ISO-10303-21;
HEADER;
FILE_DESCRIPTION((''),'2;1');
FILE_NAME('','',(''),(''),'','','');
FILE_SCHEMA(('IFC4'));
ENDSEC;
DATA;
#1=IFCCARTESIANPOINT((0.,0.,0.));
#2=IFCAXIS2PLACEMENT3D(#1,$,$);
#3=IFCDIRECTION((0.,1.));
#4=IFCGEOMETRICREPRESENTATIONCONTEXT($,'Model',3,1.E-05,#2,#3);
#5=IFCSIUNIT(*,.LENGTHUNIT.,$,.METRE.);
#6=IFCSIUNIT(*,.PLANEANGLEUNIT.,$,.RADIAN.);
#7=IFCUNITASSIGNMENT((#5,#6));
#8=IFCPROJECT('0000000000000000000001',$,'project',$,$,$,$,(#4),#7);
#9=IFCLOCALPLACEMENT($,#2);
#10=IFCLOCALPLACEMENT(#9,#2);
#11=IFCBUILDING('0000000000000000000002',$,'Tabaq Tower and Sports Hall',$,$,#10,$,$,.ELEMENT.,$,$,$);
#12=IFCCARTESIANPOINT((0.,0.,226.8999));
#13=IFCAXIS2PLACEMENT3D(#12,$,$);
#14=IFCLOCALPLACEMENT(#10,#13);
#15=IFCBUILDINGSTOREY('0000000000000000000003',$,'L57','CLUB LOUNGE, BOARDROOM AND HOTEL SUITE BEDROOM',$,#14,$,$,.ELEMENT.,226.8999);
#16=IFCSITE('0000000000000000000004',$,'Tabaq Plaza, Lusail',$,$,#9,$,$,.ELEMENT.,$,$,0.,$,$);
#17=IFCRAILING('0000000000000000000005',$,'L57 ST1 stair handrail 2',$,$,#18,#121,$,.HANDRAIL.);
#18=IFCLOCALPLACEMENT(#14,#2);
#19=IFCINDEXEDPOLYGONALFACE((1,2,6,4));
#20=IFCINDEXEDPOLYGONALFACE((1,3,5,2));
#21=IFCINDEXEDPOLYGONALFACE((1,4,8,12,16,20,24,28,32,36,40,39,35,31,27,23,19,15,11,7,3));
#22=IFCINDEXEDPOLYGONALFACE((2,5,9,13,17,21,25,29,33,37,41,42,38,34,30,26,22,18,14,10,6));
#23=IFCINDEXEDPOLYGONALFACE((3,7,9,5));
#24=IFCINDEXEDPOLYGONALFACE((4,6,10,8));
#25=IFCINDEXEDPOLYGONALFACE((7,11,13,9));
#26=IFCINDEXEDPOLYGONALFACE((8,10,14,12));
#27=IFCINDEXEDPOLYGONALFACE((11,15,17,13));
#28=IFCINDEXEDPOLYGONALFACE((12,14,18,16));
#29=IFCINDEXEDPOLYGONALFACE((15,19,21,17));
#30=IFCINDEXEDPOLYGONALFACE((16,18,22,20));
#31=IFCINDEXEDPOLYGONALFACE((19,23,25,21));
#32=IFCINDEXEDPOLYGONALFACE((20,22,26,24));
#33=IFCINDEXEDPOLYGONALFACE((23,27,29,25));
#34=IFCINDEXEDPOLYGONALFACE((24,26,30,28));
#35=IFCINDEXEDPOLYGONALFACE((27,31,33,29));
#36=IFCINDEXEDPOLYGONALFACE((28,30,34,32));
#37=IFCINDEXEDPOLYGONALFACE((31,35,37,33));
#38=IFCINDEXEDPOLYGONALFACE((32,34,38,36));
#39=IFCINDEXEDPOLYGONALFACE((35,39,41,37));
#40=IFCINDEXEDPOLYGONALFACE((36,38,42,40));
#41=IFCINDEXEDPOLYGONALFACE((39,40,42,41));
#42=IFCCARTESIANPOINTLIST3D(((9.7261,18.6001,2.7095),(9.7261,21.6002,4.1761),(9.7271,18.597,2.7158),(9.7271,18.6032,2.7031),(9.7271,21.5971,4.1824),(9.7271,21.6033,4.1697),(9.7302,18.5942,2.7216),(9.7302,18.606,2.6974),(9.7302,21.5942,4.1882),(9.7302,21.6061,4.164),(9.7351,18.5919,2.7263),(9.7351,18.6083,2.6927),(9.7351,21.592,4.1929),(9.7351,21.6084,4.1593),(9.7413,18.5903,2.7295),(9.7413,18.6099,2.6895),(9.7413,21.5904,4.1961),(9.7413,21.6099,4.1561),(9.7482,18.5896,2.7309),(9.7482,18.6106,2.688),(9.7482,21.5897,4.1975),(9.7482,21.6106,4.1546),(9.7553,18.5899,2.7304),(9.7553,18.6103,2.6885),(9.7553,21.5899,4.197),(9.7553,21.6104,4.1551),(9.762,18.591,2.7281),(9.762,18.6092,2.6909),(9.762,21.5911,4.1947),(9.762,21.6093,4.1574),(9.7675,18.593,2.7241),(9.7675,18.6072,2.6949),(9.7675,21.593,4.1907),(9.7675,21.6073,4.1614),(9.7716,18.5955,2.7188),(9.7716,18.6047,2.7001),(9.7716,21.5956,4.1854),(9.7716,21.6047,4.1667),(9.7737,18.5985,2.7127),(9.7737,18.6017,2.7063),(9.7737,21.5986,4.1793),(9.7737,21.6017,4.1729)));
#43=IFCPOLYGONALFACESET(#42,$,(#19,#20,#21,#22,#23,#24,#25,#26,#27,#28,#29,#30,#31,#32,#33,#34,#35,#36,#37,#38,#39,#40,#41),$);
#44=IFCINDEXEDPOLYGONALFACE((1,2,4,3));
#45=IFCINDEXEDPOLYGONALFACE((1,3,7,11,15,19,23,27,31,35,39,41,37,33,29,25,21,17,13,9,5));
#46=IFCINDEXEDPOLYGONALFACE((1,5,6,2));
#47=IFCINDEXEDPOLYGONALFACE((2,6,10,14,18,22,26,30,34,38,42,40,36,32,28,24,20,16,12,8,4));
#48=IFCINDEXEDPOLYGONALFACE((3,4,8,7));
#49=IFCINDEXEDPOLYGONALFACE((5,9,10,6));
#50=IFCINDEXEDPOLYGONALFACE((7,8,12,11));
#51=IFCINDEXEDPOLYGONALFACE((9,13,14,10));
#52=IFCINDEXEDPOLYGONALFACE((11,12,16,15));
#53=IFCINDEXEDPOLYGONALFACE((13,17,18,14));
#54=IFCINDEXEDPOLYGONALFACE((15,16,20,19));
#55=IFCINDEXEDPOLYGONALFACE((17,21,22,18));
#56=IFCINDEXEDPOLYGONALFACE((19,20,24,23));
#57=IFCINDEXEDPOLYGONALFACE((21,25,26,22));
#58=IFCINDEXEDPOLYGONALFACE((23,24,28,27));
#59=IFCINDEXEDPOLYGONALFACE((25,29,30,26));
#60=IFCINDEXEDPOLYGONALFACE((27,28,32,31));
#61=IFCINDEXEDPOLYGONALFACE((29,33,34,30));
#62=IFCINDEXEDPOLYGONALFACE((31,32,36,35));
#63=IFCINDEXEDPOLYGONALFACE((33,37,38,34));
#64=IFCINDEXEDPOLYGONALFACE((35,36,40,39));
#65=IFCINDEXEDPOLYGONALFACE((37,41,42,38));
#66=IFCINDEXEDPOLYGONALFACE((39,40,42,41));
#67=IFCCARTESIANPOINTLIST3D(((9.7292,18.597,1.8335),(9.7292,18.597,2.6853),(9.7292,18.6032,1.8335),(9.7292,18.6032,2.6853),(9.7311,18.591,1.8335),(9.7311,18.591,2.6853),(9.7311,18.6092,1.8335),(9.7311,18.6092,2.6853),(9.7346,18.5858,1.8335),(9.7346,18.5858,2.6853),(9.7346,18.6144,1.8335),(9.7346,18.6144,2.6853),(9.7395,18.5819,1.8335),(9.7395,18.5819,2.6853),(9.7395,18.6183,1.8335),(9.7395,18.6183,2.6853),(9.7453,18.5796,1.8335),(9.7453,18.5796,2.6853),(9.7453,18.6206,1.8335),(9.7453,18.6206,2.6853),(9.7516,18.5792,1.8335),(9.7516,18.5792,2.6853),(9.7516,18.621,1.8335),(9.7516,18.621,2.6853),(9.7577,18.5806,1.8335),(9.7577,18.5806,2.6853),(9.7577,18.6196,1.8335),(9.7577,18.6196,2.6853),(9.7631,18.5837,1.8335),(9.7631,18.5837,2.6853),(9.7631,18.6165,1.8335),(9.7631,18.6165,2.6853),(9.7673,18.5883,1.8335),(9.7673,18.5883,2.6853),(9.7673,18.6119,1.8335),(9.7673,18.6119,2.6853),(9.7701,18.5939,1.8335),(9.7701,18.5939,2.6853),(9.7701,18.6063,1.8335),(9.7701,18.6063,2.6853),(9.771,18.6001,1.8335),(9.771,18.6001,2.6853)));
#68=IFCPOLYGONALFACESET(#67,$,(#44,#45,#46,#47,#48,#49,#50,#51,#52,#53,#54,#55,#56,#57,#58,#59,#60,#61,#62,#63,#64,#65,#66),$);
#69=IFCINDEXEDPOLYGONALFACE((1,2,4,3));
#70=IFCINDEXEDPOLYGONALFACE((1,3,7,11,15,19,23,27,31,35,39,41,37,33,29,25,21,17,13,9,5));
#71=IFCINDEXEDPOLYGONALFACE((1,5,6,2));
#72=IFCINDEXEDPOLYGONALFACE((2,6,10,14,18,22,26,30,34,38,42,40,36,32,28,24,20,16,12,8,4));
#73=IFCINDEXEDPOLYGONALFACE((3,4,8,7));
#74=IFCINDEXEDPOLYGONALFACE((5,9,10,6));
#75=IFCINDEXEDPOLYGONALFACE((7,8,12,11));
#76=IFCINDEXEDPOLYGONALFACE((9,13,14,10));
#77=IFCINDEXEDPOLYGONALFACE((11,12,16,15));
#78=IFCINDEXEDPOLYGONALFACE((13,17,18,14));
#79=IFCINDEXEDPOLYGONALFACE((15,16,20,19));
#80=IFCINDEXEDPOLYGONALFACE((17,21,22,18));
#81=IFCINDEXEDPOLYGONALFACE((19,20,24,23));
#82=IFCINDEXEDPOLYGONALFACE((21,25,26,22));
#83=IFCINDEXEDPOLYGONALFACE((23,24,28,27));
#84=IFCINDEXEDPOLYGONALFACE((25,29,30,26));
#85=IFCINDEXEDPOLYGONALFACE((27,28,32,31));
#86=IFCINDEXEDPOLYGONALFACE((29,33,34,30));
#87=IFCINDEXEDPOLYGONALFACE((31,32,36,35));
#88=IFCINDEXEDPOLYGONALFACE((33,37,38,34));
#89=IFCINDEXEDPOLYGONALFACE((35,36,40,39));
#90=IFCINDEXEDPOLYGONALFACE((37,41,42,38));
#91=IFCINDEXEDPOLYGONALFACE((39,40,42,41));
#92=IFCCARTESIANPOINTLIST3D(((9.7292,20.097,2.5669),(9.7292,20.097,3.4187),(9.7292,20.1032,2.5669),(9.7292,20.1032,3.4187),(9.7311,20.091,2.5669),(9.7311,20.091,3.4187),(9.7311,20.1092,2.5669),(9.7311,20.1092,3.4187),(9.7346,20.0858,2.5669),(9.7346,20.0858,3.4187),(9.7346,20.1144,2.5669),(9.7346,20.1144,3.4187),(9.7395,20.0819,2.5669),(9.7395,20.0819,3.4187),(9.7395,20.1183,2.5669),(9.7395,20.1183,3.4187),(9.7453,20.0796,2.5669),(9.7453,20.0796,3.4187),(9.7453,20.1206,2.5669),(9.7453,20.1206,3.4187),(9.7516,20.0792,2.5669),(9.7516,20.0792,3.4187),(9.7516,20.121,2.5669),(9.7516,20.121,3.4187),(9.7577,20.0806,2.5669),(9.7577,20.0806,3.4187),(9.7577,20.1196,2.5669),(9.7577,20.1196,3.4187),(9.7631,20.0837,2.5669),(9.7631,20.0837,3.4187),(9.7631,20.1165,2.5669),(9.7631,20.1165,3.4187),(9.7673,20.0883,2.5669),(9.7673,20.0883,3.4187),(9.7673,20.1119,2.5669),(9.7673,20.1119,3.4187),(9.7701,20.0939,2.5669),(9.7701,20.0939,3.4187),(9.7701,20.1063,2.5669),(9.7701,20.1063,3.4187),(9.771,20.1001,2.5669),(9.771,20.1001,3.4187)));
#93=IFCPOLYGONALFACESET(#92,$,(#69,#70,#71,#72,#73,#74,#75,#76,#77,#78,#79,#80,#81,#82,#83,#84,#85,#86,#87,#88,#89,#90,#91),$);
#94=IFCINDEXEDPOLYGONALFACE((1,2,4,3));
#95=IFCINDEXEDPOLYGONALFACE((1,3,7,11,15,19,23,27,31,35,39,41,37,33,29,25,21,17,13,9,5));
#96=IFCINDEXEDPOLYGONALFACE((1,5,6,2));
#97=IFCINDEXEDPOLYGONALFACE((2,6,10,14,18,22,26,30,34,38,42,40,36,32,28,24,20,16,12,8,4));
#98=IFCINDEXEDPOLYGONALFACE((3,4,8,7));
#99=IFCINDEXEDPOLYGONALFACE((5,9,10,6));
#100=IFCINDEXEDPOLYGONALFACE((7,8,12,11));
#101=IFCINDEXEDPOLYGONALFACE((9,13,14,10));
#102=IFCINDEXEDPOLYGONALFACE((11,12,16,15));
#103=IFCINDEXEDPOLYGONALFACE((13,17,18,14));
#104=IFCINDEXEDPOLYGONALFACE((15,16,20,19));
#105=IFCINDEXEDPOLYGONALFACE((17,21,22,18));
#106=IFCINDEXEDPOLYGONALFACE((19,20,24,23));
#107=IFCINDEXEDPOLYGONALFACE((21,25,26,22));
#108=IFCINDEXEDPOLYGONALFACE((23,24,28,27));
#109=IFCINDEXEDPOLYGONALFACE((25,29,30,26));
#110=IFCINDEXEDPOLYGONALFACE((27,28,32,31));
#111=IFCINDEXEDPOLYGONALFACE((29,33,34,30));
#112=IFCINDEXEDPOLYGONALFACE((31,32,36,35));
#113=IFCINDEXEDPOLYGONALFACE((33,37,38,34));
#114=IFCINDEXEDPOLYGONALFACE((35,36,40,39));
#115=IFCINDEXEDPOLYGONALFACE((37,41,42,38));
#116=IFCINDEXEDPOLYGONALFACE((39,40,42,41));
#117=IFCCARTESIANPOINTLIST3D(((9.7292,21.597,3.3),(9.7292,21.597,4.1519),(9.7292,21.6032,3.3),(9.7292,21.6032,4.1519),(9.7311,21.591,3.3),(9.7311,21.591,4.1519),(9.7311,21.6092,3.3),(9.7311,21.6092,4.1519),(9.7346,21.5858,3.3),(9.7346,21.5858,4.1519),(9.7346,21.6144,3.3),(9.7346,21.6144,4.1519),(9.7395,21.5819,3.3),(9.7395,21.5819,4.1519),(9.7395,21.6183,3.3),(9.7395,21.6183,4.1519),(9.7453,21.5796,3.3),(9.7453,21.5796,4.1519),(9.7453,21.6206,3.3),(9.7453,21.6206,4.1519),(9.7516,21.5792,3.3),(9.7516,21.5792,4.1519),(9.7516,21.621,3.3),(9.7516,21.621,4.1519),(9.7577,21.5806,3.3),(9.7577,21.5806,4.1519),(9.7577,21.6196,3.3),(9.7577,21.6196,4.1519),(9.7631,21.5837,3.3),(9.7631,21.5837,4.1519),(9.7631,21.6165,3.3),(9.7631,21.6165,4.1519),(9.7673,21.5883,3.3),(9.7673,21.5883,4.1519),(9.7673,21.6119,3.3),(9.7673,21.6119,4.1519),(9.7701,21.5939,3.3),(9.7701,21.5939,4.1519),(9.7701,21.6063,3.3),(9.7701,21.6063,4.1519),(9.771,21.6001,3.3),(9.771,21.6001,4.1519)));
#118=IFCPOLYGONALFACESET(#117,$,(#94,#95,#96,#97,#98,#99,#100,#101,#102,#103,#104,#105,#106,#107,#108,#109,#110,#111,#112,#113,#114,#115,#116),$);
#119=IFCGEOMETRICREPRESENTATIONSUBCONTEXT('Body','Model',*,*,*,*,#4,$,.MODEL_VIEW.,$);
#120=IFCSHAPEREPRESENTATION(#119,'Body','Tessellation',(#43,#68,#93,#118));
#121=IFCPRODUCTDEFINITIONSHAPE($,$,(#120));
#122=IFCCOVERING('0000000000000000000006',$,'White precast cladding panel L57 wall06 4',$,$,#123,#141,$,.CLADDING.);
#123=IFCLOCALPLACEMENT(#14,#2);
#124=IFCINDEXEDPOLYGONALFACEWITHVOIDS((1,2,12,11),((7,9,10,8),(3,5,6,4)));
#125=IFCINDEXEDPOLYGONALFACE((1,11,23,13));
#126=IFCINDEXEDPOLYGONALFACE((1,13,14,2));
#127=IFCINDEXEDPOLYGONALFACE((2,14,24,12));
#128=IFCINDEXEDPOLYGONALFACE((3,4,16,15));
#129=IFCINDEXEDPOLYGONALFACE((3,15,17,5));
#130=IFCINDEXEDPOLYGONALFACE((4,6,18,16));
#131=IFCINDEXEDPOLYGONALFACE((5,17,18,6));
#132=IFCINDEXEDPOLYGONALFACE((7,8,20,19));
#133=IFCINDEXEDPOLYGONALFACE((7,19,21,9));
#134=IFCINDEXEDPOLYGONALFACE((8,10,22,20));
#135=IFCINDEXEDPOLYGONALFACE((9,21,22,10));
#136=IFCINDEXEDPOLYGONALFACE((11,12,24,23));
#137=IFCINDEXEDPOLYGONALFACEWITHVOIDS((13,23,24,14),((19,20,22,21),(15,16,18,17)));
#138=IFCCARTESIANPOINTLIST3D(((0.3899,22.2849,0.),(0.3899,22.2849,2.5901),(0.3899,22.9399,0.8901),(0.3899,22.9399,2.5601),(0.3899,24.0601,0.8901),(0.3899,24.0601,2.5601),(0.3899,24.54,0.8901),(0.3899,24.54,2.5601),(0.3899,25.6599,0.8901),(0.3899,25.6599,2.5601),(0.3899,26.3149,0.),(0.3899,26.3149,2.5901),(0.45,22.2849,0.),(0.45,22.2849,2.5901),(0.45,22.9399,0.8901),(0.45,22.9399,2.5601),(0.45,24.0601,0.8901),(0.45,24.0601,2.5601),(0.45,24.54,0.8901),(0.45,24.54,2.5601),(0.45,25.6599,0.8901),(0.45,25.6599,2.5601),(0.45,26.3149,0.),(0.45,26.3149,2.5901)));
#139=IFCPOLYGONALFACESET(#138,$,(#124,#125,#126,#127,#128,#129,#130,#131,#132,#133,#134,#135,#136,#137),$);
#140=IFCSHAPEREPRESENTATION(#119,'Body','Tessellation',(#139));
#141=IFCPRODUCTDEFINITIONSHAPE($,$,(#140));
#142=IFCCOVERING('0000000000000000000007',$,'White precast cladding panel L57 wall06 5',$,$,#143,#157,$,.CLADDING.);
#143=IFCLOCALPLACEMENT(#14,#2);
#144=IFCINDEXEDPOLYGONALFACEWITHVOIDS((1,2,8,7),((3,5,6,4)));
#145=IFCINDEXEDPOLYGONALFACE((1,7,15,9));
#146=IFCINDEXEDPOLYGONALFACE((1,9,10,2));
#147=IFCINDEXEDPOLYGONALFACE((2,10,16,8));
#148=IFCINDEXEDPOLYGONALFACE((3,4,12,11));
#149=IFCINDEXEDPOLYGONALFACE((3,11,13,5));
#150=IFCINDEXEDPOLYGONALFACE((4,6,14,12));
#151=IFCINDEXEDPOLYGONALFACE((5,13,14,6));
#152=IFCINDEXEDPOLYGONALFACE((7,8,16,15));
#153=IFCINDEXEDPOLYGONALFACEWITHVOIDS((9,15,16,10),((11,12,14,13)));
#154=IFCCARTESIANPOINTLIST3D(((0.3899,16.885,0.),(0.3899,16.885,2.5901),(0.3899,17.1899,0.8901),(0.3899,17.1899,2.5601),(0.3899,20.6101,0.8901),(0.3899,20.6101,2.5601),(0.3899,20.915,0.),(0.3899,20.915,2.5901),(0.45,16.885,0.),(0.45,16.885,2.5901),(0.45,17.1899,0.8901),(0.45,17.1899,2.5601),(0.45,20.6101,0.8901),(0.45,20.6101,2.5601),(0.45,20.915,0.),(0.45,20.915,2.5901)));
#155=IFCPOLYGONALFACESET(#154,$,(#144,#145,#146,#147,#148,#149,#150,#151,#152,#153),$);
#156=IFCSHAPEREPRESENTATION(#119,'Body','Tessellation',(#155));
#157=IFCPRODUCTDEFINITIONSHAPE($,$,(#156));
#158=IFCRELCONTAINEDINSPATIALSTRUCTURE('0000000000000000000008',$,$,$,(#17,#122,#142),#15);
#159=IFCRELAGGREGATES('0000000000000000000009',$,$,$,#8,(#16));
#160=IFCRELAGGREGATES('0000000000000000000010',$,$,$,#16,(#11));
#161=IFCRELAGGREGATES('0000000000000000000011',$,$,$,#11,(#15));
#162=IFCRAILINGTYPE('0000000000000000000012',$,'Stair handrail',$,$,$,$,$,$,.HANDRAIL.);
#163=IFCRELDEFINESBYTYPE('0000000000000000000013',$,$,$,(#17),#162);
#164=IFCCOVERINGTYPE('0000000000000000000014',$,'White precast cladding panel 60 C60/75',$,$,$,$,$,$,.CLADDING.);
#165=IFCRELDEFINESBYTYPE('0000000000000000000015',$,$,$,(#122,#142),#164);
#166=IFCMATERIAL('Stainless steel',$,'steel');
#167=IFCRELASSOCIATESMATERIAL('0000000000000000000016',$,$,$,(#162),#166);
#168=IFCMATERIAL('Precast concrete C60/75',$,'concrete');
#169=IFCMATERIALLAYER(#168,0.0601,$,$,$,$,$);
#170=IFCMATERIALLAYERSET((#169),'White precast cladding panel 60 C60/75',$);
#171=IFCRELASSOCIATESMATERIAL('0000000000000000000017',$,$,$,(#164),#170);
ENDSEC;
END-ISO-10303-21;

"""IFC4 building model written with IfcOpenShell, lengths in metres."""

from ifc_helpers import new_model, si_unit, direction, frame, origin, origin_2d, place, context, subcontext, project, spatial, polyline, circle, outline, extrude, material, layer, layer_set, type_object, element, save


model = new_model("IFC4")

# Units and contexts
model_context = context("Model", 3, precision=1e-05, world=origin(), true_north=direction((0.0, 1.0)))
body_context = subcontext(model_context, "Body", "Model", "MODEL_VIEW")
ifc_project = project(units=[si_unit("LENGTHUNIT", "METRE"), si_unit("PLANEANGLEUNIT", "RADIAN")], contexts=[model_context])

# Site, building, storey
site_placement = place(None, origin())
site = spatial("IfcSite", under=ifc_project, at=site_placement, Name="Tabaq Plaza, Lusail", CompositionType="ELEMENT", RefElevation=0.0)
building_placement = place(site_placement, origin())
building = spatial("IfcBuilding", under=site, at=building_placement, Name="Tabaq Tower and Sports Hall", CompositionType="ELEMENT")
storey_placement = place(building_placement, frame((0.0, 0.0, 226.8999)))
storey = spatial("IfcBuildingStorey", under=building, at=storey_placement, Name="L57", Description="CLUB LOUNGE, BOARDROOM AND HOTEL SUITE BEDROOM", CompositionType="ELEMENT", Elevation=226.8999)

# Railing
ifc_material_1 = material(Name="Stainless steel", Category="steel")
railing_type_1 = type_object("IfcRailingType", Name="Stair handrail", PredefinedType="HANDRAIL", material=ifc_material_1)
railing_1_placement = place(storey_placement, frame((9.75, 18.6001, 1.8335)))
element("IfcRailing", 1, at=railing_1_placement, inside=storey, type_object=railing_type_1, Name="L57 ST1 stair handrail 2", PredefinedType="HANDRAIL", context=body_context, shape_type="SweptSolid", body=[
    extrude(circle(Radius=0.0239, at=origin_2d()), frame((0.0, 0.0, 0.876), z_axis=(0.0, 0.898398, 0.439183), x_axis=(-1.0, 0.0, 0.0)), (0.0, 0.0, 1.0), 3.3394),
    extrude(circle(Radius=0.021, at=origin_2d()), origin(), (0.0, 0.0, 1.0), 0.8518),
    extrude(circle(Radius=0.021, at=origin_2d()), frame((0.0, 1.5, 0.7334)), (0.0, 0.0, 1.0), 0.8518),
    extrude(circle(Radius=0.021, at=origin_2d()), frame((0.0, 3.0, 1.4666)), (0.0, 0.0, 1.0), 0.8518),
])

# Coverings
ifc_material_2 = material(Name="Precast concrete C60/75", Category="concrete")
ifc_layer_1 = layer(ifc_material_2, 0.0601)
ifc_layer_set_1 = layer_set([ifc_layer_1], Name="White precast cladding panel 60 C60/75")
covering_type_1 = type_object("IfcCoveringType", Name="White precast cladding panel 60 C60/75", PredefinedType="CLADDING", material=ifc_layer_set_1)
covering_1_placement = place(storey_placement, frame((0.4199, 26.3149, 0.0), z_axis=(0.0, 0.0, 1.0), x_axis=(0.0, -1.0, 0.0)))
element("IfcCovering", 2, at=covering_1_placement, inside=storey, type_object=covering_type_1, Name="White precast cladding panel L57 wall06 4", PredefinedType="CLADDING", context=body_context, shape_type="SweptSolid", body=[
    extrude(outline(polyline([(0.0, 0.0), (4.03, 0.0), (4.03, 2.5901), (0.0, 2.5901), (0.0, 0.0)]), holes=[polyline([(0.655, 0.8901), (0.655, 2.5601), (1.7749, 2.5601), (1.7749, 0.8901), (0.655, 0.8901)]), polyline([(2.2549, 0.8901), (2.2549, 2.5601), (3.375, 2.5601), (3.375, 0.8901), (2.2549, 0.8901)])]), frame((0.0, 0.03, 0.0), z_axis=(0.0, -1.0, 0.0), x_axis=(1.0, 0.0, 0.0)), (0.0, 0.0, 1.0), 0.0601),
])
covering_2_placement = place(storey_placement, frame((0.4199, 20.915, 0.0), z_axis=(0.0, 0.0, 1.0), x_axis=(0.0, -1.0, 0.0)))
element("IfcCovering", 3, at=covering_2_placement, inside=storey, type_object=covering_type_1, Name="White precast cladding panel L57 wall06 5", PredefinedType="CLADDING", context=body_context, shape_type="SweptSolid", body=[
    extrude(outline(polyline([(0.0, 0.0), (4.03, 0.0), (4.03, 2.5901), (0.0, 2.5901), (0.0, 0.0)]), holes=[polyline([(3.7251, 0.8901), (0.3049, 0.8901), (0.3049, 2.5601), (3.7251, 2.5601), (3.7251, 0.8901)])]), frame((0.0, 0.03, 0.0), z_axis=(0.0, -1.0, 0.0), x_axis=(1.0, 0.0, 0.0)), (0.0, 0.0, 1.0), 0.0601),
])

save(model, "model.ifc")
